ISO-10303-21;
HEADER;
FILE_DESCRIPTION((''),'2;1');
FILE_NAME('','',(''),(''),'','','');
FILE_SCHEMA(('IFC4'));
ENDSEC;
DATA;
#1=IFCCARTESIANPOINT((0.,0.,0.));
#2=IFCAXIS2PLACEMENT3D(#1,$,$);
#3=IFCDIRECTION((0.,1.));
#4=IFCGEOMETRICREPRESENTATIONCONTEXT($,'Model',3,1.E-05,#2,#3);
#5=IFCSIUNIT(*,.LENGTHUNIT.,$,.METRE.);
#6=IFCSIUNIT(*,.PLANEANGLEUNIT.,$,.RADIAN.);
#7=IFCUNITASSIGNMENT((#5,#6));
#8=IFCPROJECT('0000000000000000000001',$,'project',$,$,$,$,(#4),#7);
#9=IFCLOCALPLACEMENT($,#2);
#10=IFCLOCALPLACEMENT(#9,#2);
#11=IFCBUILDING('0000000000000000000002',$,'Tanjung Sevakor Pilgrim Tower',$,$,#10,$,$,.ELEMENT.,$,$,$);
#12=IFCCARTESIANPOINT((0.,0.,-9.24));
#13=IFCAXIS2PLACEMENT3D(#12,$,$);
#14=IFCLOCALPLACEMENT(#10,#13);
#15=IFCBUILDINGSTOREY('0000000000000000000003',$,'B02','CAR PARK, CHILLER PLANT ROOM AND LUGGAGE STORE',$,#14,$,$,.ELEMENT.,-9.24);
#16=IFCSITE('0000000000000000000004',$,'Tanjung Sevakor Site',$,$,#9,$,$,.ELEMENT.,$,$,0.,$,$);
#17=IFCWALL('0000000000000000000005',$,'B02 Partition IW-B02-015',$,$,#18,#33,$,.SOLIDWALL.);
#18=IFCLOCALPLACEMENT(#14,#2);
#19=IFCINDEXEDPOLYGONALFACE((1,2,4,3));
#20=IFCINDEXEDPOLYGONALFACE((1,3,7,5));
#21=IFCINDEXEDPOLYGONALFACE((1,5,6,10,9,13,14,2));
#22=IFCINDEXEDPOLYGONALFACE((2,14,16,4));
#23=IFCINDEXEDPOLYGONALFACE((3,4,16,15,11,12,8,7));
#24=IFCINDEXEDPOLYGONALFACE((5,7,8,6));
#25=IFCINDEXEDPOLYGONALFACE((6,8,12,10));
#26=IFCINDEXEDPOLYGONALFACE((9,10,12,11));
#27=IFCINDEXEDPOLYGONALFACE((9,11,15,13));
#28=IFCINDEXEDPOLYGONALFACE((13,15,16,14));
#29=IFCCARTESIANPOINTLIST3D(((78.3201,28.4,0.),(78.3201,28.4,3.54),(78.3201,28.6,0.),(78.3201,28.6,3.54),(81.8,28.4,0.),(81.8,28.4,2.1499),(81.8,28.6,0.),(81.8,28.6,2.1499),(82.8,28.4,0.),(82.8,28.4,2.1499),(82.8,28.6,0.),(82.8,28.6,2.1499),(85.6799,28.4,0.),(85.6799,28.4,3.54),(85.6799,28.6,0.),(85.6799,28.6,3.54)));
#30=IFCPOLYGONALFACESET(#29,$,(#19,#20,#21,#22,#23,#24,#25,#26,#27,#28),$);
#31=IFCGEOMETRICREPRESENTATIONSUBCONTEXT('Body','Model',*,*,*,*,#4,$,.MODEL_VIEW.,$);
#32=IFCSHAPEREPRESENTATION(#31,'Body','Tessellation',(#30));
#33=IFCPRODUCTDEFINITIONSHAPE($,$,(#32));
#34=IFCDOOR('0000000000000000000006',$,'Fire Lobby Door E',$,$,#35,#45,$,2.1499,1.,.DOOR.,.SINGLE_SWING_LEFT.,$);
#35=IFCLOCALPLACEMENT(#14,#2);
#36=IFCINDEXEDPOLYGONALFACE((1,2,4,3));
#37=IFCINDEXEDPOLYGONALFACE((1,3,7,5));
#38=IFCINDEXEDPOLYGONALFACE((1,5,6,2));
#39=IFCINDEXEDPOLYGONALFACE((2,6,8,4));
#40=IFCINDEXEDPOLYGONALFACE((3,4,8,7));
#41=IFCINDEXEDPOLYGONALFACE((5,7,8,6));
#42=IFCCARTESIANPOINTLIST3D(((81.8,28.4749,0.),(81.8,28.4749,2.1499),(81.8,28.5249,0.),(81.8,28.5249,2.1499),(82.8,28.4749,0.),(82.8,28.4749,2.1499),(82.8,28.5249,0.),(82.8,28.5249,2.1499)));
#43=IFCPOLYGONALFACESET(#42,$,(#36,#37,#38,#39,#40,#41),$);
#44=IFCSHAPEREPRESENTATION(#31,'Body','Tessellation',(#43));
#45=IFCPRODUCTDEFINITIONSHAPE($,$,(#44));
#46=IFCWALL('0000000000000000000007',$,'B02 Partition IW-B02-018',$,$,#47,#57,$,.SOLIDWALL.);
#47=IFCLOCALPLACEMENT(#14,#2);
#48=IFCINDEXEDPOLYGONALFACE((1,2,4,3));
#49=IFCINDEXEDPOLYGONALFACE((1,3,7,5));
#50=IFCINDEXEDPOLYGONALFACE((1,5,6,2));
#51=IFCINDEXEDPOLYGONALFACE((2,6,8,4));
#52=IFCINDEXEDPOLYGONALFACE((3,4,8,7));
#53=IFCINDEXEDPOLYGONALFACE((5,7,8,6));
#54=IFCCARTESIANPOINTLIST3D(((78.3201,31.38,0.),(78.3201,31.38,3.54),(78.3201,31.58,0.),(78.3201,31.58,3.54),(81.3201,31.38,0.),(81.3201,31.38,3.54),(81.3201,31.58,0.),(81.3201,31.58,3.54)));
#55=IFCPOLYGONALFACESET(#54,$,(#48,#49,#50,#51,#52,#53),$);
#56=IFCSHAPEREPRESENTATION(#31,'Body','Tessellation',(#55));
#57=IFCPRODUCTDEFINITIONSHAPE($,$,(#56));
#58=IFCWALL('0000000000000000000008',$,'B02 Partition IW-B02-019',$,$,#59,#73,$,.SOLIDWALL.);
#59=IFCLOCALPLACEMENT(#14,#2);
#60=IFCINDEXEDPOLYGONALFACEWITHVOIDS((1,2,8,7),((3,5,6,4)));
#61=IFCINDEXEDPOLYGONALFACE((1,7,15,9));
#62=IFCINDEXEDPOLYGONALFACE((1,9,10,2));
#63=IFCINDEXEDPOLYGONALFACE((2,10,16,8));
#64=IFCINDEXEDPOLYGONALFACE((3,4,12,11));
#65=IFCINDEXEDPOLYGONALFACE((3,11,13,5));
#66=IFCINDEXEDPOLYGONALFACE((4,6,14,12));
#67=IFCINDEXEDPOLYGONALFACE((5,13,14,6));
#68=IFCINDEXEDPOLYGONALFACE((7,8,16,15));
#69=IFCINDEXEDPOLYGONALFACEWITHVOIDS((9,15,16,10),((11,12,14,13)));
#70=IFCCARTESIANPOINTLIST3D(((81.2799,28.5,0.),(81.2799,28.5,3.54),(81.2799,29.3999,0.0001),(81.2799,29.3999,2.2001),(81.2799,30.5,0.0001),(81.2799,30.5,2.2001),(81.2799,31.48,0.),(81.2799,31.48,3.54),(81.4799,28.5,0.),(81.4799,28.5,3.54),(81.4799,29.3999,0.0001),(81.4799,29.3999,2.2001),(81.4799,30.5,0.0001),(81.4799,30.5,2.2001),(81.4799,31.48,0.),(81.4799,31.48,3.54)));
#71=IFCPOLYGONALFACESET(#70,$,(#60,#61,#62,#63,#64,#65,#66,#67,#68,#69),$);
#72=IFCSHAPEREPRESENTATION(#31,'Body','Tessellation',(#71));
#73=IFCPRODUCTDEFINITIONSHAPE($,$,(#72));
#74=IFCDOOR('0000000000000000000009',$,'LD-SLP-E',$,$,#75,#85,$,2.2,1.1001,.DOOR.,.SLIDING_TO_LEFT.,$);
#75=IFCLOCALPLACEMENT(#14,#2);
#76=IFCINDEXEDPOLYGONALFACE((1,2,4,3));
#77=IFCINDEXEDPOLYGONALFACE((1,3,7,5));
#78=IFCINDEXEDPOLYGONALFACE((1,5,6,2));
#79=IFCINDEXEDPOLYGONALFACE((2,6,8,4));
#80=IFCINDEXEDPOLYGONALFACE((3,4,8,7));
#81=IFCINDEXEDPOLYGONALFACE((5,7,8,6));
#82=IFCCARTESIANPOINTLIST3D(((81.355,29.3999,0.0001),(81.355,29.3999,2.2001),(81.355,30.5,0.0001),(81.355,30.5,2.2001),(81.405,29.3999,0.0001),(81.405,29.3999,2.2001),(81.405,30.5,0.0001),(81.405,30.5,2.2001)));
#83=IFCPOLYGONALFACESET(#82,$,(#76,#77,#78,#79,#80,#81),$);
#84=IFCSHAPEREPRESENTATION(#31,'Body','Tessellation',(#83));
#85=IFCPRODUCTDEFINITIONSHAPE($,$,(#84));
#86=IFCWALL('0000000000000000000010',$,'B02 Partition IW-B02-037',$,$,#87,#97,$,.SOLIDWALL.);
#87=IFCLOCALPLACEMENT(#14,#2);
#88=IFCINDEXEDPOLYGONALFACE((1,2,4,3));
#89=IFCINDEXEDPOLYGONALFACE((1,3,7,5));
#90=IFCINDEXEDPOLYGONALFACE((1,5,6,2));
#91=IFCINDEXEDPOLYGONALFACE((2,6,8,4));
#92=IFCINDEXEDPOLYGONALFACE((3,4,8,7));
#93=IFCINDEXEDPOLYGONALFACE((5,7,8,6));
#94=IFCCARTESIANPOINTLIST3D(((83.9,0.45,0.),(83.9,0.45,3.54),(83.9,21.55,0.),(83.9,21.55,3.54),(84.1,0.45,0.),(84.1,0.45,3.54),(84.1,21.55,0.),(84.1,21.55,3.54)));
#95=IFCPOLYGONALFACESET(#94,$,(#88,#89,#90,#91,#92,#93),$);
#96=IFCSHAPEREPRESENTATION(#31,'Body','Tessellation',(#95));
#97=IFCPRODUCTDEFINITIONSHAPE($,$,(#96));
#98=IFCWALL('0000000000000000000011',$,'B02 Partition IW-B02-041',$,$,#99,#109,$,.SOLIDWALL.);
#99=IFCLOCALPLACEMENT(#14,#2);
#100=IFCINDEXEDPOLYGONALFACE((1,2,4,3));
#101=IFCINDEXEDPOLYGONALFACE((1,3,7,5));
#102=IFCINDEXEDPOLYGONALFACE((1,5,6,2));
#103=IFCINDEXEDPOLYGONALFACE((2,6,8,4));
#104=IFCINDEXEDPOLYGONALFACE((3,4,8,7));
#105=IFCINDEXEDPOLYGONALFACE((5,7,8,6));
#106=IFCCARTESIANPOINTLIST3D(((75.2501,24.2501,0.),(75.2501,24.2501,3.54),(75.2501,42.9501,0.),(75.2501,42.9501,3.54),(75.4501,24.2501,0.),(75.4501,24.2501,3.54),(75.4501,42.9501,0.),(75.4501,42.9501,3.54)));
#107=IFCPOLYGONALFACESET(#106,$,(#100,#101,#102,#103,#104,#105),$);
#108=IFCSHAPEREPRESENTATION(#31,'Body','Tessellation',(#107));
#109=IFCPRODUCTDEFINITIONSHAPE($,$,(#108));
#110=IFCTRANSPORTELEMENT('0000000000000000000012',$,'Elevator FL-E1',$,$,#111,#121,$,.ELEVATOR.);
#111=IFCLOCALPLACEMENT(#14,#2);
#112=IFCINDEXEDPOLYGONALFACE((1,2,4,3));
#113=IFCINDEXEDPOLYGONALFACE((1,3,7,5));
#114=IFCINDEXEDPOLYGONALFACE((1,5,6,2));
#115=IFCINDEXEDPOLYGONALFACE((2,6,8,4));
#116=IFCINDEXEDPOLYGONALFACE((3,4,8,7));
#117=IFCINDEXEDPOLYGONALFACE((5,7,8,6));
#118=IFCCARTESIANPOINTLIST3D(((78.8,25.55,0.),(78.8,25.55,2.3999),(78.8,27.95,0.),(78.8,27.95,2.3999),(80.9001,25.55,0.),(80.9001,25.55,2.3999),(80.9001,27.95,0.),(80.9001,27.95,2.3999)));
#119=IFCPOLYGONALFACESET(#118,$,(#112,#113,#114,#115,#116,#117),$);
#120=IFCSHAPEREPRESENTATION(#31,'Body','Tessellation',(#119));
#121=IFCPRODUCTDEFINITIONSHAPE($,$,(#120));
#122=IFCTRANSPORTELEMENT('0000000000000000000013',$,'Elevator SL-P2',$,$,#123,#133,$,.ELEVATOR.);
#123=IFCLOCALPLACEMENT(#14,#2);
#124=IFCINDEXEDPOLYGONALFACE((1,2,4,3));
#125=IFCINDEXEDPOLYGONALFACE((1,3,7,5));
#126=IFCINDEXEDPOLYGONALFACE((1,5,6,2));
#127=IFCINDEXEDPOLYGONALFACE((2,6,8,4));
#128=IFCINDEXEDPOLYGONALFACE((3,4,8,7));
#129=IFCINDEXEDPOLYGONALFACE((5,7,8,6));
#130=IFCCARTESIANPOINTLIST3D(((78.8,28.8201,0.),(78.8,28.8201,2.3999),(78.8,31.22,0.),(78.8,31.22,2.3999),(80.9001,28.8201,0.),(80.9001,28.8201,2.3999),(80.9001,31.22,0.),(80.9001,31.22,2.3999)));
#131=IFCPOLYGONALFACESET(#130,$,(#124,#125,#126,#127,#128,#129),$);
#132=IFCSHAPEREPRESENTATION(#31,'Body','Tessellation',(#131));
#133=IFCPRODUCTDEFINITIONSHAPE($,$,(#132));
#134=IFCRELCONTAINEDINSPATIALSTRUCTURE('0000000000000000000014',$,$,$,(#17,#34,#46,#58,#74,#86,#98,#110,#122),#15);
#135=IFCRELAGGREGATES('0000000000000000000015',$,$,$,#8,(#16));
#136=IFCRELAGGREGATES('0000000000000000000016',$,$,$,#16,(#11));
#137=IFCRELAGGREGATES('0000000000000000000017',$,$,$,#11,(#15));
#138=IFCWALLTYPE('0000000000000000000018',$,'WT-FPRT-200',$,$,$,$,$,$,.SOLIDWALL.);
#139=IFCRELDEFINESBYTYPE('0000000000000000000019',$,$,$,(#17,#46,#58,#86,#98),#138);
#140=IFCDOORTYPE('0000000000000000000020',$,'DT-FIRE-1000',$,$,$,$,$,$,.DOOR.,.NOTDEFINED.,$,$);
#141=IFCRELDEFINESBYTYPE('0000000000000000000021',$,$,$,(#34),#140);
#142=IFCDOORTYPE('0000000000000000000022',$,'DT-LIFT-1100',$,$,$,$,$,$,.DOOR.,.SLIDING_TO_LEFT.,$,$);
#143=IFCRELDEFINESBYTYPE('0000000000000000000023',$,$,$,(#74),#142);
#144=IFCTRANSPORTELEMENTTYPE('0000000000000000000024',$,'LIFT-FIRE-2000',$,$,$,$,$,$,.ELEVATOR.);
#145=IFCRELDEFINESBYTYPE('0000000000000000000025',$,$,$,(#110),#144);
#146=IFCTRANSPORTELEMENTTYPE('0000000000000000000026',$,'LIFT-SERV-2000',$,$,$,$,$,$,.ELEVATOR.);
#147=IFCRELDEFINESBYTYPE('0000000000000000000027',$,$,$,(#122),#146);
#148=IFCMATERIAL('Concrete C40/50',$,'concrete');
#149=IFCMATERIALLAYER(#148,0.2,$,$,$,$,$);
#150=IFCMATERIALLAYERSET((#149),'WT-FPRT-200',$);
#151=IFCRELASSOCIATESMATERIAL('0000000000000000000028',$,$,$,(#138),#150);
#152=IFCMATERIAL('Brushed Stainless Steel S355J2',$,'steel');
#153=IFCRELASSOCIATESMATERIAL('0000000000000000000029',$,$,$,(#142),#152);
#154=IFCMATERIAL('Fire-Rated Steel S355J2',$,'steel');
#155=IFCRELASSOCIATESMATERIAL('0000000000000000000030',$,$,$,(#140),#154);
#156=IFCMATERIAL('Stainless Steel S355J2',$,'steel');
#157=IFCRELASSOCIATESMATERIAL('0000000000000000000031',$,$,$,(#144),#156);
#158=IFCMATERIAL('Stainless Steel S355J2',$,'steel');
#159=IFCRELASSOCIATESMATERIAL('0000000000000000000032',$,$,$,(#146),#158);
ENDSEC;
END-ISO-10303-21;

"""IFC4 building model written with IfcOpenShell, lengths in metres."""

from ifc_helpers import new_model, si_unit, direction, frame, frame_2d, origin, origin_2d, place, context, subcontext, project, spatial, rectangle, extrude, material, layer, layer_set, type_object, element, fill, save


model = new_model("IFC4")

# Units and contexts
model_context = context("Model", 3, precision=1e-05, world=origin(), true_north=direction((0.0, 1.0)))
body_context = subcontext(model_context, "Body", "Model", "MODEL_VIEW")
ifc_project = project(units=[si_unit("LENGTHUNIT", "METRE"), si_unit("PLANEANGLEUNIT", "RADIAN")], contexts=[model_context])

# Site, building, storey
site_placement = place(None, origin())
site = spatial("IfcSite", under=ifc_project, at=site_placement, Name="Tanjung Sevakor Site", CompositionType="ELEMENT", RefElevation=0.0)
building_placement = place(site_placement, origin())
building = spatial("IfcBuilding", under=site, at=building_placement, Name="Tanjung Sevakor Pilgrim Tower", CompositionType="ELEMENT")
storey_placement = place(building_placement, frame((0.0, 0.0, -9.24)))
storey = spatial("IfcBuildingStorey", under=building, at=storey_placement, Name="B02", Description="CAR PARK, CHILLER PLANT ROOM AND LUGGAGE STORE", CompositionType="ELEMENT", Elevation=-9.24)

# Wall, opening, door
ifc_material_1 = material(Name="Concrete C40/50", Category="concrete")
ifc_layer_1 = layer(ifc_material_1, 0.2)
ifc_layer_set_1 = layer_set([ifc_layer_1], Name="WT-FPRT-200")
wall_type_1 = type_object("IfcWallType", Name="WT-FPRT-200", PredefinedType="SOLIDWALL", material=ifc_layer_set_1)
ifc_material_2 = material(Name="Brushed Stainless Steel S355J2", Category="steel")
door_type_1 = type_object("IfcDoorType", Name="DT-LIFT-1100", OperationType="SLIDING_TO_LEFT", PredefinedType="DOOR", material=ifc_material_2)
wall_1_placement = place(storey_placement, frame((78.3201, 28.5, 0.0), z_axis=(0.0, 0.0, 1.0), x_axis=(1.0, 0.0, 0.0)))
wall_1 = element("IfcWall", 1, at=wall_1_placement, inside=storey, type_object=wall_type_1, Name="B02 Partition IW-B02-015", PredefinedType="SOLIDWALL", context=body_context, shape_type="SweptSolid", body=[
    extrude(rectangle(XDim=7.3599, YDim=0.2, at=frame_2d((3.6799, 0.0))), origin(), (0.0, 0.0, 1.0), 3.54),
])
opening_1_placement = place(wall_1_placement, frame((3.48, 0.0, 0.0)))
opening_1 = element("IfcOpeningElement", 2, at=opening_1_placement, cuts=wall_1, PredefinedType="OPENING", context=body_context, shape_type="SweptSolid", body=[
    extrude(rectangle(XDim=1.0, YDim=2.1499, at=frame_2d((0.5, 1.075))), frame((0.0, 0.1099, 0.0), z_axis=(0.0, -1.0, 0.0), x_axis=(1.0, 0.0, 0.0)), (0.0, 0.0, 1.0), 0.22),
])
ifc_material_3 = material(Name="Fire-Rated Steel S355J2", Category="steel")
door_type_2 = type_object("IfcDoorType", Name="DT-FIRE-1000", OperationType="NOTDEFINED", PredefinedType="DOOR", material=ifc_material_3)
door_1_placement = place(opening_1_placement, origin())
door_1 = element("IfcDoor", 3, at=door_1_placement, inside=storey, type_object=door_type_2, Name="Fire Lobby Door E", OperationType="SINGLE_SWING_LEFT", OverallHeight=2.1499, OverallWidth=1.0, PredefinedType="DOOR", context=body_context, shape_type="SweptSolid", body=[
    extrude(rectangle(XDim=1.0, YDim=2.1499, at=frame_2d((0.5, 1.075))), frame((0.0, 0.0249, 0.0), z_axis=(0.0, -1.0, 0.0), x_axis=(1.0, 0.0, 0.0)), (0.0, 0.0, 1.0), 0.05),
])
fill(opening_1, door_1)

# Wall
wall_2_placement = place(storey_placement, frame((78.3201, 31.48, 0.0), z_axis=(0.0, 0.0, 1.0), x_axis=(1.0, 0.0, 0.0)))
element("IfcWall", 4, at=wall_2_placement, inside=storey, type_object=wall_type_1, Name="B02 Partition IW-B02-018", PredefinedType="SOLIDWALL", context=body_context, shape_type="SweptSolid", body=[
    extrude(rectangle(XDim=3.0, YDim=0.2, at=frame_2d((1.5, 0.0))), origin(), (0.0, 0.0, 1.0), 3.54),
])

# Wall, opening, door
wall_3_placement = place(storey_placement, frame((81.3799, 28.5, 0.0), z_axis=(0.0, 0.0, 1.0), x_axis=(0.0, 1.0, 0.0)))
wall_3 = element("IfcWall", 5, at=wall_3_placement, inside=storey, type_object=wall_type_1, Name="B02 Partition IW-B02-019", PredefinedType="SOLIDWALL", context=body_context, shape_type="SweptSolid", body=[
    extrude(rectangle(XDim=2.98, YDim=0.2, at=frame_2d((1.49, 0.0))), origin(), (0.0, 0.0, 1.0), 3.54),
])
opening_2_placement = place(wall_3_placement, frame((0.8999, 0.0, 0.0)))
opening_2 = element("IfcOpeningElement", 6, at=opening_2_placement, cuts=wall_3, PredefinedType="OPENING", context=body_context, shape_type="SweptSolid", body=[
    extrude(rectangle(XDim=1.1001, YDim=2.2, at=frame_2d((0.55, 1.1001))), frame((0.0, 0.1099, 0.0), z_axis=(0.0, -1.0, 0.0), x_axis=(1.0, 0.0, 0.0)), (0.0, 0.0, 1.0), 0.22),
])
door_2_placement = place(opening_2_placement, origin())
door_2 = element("IfcDoor", 7, at=door_2_placement, inside=storey, type_object=door_type_1, Name="LD-SLP-E", OperationType="SLIDING_TO_LEFT", OverallHeight=2.2, OverallWidth=1.1001, PredefinedType="DOOR", context=body_context, shape_type="SweptSolid", body=[
    extrude(rectangle(XDim=1.1001, YDim=2.2, at=frame_2d((0.55, 1.1001))), frame((0.0, 0.0249, 0.0), z_axis=(0.0, -1.0, 0.0), x_axis=(1.0, 0.0, 0.0)), (0.0, 0.0, 1.0), 0.05),
])
fill(opening_2, door_2)

# Walls
wall_4_placement = place(storey_placement, frame((84.0, 0.45, 0.0), z_axis=(0.0, 0.0, 1.0), x_axis=(0.0, 1.0, 0.0)))
element("IfcWall", 8, at=wall_4_placement, inside=storey, type_object=wall_type_1, Name="B02 Partition IW-B02-037", PredefinedType="SOLIDWALL", context=body_context, shape_type="SweptSolid", body=[
    extrude(rectangle(XDim=21.1001, YDim=0.2, at=frame_2d((10.55, 0.0))), origin(), (0.0, 0.0, 1.0), 3.54),
])
wall_5_placement = place(storey_placement, frame((75.3501, 24.25, 0.0), z_axis=(0.0, 0.0, 1.0), x_axis=(0.0, 1.0, 0.0)))
element("IfcWall", 9, at=wall_5_placement, inside=storey, type_object=wall_type_1, Name="B02 Partition IW-B02-041", PredefinedType="SOLIDWALL", context=body_context, shape_type="SweptSolid", body=[
    extrude(rectangle(XDim=18.7, YDim=0.2, at=frame_2d((9.3501, 0.0))), origin(), (0.0, 0.0, 1.0), 3.54),
])

# Transport elements
ifc_material_4 = material(Name="Stainless Steel S355J2", Category="steel")
transport_element_type_1 = type_object("IfcTransportElementType", Name="LIFT-FIRE-2000", PredefinedType="ELEVATOR", material=ifc_material_4)
transport_element_1_placement = place(storey_placement, frame((79.8501, 26.75, 0.0), z_axis=(0.0, 0.0, 1.0), x_axis=(1.0, 0.0, 0.0)))
element("IfcTransportElement", 10, at=transport_element_1_placement, inside=storey, type_object=transport_element_type_1, Name="Elevator FL-E1", PredefinedType="ELEVATOR", context=body_context, shape_type="SweptSolid", body=[
    extrude(rectangle(XDim=2.1001, YDim=2.3999, at=origin_2d()), origin(), (0.0, 0.0, 1.0), 2.3999),
])
ifc_material_5 = material(Name="Stainless Steel S355J2", Category="steel")
transport_element_type_2 = type_object("IfcTransportElementType", Name="LIFT-SERV-2000", PredefinedType="ELEVATOR", material=ifc_material_5)
transport_element_2_placement = place(storey_placement, frame((79.8501, 30.02, 0.0), z_axis=(0.0, 0.0, 1.0), x_axis=(1.0, 0.0, 0.0)))
element("IfcTransportElement", 11, at=transport_element_2_placement, inside=storey, type_object=transport_element_type_2, Name="Elevator SL-P2", PredefinedType="ELEVATOR", context=body_context, shape_type="SweptSolid", body=[
    extrude(rectangle(XDim=2.1001, YDim=2.3999, at=origin_2d()), origin(), (0.0, 0.0, 1.0), 2.3999),
])

save(model, "model.ifc")
